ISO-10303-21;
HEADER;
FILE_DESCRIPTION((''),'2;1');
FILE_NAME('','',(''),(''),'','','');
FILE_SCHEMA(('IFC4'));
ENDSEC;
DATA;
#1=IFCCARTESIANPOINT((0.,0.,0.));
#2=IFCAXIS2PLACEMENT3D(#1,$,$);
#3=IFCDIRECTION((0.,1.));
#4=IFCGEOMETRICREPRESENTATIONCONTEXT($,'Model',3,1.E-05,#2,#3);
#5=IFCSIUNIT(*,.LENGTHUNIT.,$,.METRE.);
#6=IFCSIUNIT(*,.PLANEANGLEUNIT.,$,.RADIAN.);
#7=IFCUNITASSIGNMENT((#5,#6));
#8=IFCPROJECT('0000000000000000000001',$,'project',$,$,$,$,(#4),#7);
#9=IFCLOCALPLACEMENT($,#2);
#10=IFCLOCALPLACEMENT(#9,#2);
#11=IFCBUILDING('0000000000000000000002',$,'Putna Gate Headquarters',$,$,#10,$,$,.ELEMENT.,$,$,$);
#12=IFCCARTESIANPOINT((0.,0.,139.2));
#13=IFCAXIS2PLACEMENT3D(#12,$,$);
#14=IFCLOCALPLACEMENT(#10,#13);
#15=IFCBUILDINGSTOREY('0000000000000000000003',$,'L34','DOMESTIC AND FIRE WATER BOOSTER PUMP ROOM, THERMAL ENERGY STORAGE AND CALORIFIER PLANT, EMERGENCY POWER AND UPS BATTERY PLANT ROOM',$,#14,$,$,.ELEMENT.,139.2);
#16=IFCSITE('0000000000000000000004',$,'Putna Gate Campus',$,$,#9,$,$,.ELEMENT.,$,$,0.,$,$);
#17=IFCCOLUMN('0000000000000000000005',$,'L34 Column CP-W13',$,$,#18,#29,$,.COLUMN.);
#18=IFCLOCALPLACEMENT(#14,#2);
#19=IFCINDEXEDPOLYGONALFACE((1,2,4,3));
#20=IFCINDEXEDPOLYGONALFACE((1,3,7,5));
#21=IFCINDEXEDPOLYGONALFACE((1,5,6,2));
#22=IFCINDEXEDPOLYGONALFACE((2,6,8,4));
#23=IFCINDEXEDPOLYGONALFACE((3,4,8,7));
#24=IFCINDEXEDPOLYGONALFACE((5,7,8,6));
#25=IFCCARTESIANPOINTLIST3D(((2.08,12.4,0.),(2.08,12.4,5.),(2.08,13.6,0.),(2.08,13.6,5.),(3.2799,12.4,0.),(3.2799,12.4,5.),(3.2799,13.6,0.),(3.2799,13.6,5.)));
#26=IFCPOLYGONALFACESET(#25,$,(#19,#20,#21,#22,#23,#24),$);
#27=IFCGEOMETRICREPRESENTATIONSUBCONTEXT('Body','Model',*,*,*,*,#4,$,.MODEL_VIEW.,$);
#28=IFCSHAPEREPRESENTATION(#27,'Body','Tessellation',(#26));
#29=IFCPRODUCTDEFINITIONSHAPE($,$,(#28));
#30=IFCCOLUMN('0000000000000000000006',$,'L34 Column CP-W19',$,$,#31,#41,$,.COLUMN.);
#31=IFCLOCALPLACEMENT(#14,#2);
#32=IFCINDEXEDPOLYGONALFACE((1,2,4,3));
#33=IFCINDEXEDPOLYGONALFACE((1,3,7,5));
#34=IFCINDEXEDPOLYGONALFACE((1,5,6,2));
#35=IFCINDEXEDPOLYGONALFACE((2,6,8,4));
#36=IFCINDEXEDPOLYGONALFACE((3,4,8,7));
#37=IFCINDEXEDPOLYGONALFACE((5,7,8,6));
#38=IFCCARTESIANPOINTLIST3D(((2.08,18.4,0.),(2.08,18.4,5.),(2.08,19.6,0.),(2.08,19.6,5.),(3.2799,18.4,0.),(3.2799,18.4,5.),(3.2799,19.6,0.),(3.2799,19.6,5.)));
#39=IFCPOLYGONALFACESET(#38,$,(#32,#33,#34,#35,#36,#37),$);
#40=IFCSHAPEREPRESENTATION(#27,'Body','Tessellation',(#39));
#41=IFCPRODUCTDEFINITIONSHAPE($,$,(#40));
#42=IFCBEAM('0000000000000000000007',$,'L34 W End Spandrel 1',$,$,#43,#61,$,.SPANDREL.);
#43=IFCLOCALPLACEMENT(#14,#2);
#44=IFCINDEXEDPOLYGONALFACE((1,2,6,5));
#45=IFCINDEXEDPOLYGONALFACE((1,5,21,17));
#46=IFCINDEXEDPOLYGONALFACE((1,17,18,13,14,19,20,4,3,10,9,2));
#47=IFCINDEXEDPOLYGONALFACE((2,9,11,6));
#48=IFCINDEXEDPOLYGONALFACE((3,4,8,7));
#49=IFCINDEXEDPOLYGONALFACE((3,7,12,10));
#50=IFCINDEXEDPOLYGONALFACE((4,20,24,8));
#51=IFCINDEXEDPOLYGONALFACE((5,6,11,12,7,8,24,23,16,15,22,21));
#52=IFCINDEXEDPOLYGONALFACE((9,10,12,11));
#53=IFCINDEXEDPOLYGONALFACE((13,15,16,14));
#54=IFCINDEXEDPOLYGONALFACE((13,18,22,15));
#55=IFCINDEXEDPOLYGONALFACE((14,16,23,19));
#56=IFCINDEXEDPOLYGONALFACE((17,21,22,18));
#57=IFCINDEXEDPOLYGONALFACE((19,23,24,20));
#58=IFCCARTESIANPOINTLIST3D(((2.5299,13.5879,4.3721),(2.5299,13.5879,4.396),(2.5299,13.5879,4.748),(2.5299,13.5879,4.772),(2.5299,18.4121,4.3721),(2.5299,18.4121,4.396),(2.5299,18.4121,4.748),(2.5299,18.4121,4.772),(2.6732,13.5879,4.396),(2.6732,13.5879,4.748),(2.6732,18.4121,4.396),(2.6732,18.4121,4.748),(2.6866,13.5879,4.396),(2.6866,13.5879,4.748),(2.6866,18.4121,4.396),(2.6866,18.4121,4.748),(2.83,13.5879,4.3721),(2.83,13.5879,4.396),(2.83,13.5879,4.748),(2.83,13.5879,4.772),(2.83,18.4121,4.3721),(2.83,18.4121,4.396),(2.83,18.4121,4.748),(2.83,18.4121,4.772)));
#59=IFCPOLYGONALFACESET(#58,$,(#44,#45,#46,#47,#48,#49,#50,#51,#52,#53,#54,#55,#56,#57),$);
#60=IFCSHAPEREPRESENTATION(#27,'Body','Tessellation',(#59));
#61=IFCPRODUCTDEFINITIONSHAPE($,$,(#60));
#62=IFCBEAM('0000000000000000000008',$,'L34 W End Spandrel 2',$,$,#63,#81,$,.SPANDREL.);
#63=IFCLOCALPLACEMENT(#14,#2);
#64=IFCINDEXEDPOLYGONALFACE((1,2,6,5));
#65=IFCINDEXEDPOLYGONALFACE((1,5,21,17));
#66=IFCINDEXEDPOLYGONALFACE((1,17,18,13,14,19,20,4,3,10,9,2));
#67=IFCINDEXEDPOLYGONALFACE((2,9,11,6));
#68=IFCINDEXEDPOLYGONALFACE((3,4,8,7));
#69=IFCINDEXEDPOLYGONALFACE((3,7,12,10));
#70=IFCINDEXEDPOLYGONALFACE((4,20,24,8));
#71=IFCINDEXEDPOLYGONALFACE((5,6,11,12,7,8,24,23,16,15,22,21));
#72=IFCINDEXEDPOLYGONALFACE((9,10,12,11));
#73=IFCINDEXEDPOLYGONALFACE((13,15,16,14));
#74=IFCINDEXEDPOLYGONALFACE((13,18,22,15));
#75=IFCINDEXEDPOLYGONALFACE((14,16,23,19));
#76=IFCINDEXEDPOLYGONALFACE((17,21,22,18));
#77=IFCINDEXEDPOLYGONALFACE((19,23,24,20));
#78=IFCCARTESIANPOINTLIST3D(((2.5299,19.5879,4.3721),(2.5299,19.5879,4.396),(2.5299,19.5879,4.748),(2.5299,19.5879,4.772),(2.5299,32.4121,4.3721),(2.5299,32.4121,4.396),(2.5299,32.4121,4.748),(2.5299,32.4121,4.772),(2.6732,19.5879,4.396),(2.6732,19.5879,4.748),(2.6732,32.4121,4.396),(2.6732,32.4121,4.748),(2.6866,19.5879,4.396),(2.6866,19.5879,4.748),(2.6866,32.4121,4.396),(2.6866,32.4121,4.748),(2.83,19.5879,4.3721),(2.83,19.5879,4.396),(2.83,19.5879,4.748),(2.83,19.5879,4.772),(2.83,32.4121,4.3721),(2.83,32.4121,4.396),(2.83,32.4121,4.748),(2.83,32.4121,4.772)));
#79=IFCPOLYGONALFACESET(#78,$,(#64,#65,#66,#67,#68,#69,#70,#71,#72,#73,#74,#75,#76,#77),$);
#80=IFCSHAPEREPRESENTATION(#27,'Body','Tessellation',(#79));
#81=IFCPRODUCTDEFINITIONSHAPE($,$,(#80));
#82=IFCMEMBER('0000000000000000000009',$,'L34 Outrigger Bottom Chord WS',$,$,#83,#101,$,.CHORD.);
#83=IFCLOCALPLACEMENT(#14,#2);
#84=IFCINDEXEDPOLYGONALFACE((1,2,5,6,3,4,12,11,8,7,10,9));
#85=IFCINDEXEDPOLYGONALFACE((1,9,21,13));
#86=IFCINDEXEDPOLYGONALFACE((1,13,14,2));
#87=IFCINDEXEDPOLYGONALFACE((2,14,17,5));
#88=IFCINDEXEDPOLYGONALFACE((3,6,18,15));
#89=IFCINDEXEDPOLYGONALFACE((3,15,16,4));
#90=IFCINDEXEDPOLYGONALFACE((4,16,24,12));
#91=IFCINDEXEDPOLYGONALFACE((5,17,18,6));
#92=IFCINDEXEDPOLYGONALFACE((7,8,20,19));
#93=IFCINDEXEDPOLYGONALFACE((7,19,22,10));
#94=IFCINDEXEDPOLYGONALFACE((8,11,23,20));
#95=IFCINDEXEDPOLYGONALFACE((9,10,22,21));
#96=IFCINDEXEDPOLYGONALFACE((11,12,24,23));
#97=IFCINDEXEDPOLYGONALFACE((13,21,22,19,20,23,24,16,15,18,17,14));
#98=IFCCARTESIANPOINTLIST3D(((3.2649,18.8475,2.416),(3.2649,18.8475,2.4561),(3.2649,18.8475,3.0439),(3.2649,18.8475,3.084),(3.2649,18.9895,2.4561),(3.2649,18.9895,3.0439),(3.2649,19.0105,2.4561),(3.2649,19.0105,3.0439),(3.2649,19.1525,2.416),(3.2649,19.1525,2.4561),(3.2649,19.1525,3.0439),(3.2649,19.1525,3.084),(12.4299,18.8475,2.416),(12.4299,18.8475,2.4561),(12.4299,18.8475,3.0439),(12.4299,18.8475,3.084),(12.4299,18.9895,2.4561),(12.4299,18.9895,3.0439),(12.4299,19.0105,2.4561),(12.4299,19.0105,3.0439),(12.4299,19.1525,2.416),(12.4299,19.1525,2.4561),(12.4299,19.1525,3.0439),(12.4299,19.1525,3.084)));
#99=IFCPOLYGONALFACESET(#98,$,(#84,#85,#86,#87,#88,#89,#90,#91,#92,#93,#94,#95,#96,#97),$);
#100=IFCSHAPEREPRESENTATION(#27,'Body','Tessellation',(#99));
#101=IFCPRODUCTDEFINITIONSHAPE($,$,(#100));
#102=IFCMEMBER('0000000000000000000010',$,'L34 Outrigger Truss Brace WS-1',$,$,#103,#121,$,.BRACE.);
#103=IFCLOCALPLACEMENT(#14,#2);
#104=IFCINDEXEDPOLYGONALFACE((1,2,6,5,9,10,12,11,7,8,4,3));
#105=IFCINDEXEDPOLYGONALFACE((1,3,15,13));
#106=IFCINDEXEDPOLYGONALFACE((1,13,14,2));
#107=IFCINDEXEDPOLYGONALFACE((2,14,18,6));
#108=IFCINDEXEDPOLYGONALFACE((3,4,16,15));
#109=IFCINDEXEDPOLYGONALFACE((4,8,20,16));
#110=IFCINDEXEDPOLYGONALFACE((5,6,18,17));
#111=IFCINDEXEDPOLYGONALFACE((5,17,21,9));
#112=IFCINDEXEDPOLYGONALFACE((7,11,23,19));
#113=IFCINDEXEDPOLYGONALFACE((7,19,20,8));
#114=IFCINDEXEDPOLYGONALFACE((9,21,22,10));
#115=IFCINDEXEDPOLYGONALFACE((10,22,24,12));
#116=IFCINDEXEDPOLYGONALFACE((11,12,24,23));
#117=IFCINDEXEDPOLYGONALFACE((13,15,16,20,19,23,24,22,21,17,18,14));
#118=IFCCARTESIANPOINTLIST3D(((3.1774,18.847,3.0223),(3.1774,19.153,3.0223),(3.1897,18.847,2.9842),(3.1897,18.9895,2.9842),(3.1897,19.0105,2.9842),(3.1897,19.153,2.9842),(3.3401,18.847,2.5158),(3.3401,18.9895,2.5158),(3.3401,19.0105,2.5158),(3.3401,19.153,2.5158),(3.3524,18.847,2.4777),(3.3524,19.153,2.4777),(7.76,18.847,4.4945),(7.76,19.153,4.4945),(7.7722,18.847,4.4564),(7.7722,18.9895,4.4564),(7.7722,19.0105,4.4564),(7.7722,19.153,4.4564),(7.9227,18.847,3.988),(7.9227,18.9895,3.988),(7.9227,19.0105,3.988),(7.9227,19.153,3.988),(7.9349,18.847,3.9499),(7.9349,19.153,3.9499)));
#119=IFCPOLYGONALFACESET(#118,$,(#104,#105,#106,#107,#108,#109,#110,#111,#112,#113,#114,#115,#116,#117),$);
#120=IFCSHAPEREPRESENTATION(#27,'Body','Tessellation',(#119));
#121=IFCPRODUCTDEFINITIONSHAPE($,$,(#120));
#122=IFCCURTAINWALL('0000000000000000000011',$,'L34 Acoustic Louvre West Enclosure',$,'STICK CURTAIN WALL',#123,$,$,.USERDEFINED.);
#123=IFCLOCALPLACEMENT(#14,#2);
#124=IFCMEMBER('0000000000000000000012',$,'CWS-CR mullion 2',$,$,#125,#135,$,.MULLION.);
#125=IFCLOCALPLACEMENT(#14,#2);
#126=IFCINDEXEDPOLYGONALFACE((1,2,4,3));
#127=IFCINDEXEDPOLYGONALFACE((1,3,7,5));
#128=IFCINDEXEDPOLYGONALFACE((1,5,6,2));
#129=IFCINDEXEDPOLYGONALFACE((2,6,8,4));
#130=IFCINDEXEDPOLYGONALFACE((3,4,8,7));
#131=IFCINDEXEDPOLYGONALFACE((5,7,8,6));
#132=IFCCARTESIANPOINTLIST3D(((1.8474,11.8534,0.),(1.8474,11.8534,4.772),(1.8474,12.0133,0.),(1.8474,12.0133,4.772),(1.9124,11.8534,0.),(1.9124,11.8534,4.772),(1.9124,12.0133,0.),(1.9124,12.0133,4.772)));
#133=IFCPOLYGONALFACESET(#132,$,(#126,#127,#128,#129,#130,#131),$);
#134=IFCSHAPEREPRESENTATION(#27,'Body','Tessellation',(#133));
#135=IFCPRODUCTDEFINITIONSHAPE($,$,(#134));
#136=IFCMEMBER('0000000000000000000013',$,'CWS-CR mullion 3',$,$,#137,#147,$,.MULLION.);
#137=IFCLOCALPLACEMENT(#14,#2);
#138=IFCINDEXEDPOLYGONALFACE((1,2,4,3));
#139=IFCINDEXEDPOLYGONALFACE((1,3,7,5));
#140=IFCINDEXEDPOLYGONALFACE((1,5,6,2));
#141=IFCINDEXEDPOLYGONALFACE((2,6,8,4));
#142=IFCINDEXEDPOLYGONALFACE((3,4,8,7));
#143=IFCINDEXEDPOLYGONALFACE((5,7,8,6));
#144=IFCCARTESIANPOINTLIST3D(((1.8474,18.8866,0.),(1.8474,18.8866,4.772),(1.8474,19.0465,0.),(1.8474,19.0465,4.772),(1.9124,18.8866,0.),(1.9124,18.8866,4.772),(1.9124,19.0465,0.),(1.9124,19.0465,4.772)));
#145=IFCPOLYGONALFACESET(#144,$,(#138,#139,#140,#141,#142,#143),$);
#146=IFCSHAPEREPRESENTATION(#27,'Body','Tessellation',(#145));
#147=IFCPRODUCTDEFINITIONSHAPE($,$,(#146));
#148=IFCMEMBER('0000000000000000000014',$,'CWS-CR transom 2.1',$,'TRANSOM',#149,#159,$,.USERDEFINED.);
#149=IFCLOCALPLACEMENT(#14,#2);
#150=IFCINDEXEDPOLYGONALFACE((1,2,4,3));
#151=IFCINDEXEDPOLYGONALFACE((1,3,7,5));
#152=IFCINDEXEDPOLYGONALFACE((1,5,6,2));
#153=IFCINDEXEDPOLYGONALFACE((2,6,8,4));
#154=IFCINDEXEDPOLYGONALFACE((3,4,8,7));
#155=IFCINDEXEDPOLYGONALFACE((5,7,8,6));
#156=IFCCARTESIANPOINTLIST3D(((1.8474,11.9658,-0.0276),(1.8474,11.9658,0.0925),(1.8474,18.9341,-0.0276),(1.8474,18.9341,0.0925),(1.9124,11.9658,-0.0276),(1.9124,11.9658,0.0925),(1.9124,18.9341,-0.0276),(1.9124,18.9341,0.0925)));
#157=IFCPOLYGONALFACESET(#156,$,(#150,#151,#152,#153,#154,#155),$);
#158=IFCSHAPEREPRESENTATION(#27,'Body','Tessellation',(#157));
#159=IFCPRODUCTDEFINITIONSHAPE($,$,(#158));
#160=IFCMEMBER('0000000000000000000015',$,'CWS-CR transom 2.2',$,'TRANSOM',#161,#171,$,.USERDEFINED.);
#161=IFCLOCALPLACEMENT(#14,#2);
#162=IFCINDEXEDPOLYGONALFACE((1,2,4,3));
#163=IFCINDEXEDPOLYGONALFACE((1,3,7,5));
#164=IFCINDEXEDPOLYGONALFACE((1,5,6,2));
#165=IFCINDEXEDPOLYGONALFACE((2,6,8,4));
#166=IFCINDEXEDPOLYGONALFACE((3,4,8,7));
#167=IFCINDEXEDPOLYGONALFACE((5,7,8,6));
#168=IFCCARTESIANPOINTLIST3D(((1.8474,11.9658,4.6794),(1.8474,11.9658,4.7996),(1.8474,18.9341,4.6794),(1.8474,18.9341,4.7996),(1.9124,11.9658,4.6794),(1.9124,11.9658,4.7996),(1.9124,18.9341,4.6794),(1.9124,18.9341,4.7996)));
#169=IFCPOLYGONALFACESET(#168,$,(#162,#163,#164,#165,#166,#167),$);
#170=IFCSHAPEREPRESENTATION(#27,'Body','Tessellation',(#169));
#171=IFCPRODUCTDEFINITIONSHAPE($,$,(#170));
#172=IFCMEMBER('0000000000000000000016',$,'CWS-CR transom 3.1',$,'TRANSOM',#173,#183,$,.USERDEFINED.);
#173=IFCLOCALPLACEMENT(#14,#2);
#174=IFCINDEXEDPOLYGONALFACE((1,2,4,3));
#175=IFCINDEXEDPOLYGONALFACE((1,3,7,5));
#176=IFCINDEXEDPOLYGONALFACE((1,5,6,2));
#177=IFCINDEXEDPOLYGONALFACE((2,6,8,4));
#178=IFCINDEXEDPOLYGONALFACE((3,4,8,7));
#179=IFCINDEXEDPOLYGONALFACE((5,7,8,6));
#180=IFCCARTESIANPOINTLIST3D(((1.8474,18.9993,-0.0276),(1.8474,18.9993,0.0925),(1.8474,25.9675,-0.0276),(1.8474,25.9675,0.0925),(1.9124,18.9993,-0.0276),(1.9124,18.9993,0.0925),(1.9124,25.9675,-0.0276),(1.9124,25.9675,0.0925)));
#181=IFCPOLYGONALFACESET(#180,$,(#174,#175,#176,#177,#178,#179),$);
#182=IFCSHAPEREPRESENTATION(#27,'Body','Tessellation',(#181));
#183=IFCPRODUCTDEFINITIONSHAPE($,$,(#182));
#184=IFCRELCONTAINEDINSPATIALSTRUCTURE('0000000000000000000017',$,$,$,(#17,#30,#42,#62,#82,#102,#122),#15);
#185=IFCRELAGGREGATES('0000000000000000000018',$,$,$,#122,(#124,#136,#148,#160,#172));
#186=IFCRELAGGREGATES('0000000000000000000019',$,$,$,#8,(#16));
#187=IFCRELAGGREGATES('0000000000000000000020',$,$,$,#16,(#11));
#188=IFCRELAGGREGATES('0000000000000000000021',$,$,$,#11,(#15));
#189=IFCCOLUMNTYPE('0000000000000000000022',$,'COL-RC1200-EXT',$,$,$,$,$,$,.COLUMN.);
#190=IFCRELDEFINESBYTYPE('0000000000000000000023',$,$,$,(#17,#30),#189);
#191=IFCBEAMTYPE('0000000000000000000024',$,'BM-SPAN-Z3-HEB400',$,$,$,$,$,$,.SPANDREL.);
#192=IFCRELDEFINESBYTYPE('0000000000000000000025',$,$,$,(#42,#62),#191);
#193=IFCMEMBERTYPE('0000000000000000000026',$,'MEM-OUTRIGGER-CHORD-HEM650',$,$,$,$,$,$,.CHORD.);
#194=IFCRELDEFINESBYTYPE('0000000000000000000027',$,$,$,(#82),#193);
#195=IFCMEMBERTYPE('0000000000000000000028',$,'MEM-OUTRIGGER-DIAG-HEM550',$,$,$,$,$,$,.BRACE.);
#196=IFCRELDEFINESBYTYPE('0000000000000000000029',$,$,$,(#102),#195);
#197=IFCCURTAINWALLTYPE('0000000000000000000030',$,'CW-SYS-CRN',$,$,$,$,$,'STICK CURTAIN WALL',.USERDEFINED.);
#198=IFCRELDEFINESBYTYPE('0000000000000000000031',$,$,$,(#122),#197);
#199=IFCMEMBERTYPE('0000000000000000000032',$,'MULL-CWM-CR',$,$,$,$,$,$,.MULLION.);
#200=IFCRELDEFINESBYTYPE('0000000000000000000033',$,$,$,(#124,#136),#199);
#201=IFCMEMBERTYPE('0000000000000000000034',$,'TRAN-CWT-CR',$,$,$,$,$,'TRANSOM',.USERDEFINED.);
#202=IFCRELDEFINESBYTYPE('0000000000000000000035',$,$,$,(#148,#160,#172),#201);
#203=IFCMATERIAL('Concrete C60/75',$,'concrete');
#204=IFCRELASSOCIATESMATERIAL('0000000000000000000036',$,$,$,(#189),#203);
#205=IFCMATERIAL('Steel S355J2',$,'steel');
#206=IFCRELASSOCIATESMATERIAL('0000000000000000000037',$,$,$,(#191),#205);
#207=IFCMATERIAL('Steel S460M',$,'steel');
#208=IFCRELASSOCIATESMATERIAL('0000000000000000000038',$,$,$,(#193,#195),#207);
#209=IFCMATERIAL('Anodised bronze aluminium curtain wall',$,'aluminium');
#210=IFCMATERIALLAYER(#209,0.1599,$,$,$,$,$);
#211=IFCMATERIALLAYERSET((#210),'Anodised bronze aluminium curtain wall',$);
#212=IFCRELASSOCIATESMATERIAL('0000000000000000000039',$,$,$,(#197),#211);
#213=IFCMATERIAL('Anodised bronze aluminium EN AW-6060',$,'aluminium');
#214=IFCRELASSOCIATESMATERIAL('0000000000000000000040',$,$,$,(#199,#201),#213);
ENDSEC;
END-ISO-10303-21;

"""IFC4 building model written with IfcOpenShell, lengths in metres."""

from ifc_helpers import new_model, si_unit, direction, frame, origin, origin_2d, place, context, subcontext, project, spatial, rectangle, i_section, extrude, material, layer, layer_set, material_profile, profile_set, type_object, element, aggregate, save


model = new_model("IFC4")

# Units and contexts
model_context = context("Model", 3, precision=1e-05, world=origin(), true_north=direction((0.0, 1.0)))
body_context = subcontext(model_context, "Body", "Model", "MODEL_VIEW")
ifc_project = project(units=[si_unit("LENGTHUNIT", "METRE"), si_unit("PLANEANGLEUNIT", "RADIAN")], contexts=[model_context])

# Site, building, storey
site_placement = place(None, origin())
site = spatial("IfcSite", under=ifc_project, at=site_placement, Name="Putna Gate Campus", CompositionType="ELEMENT", RefElevation=0.0)
building_placement = place(site_placement, origin())
building = spatial("IfcBuilding", under=site, at=building_placement, Name="Putna Gate Headquarters", CompositionType="ELEMENT")
storey_placement = place(building_placement, frame((0.0, 0.0, 139.2)))
storey = spatial("IfcBuildingStorey", under=building, at=storey_placement, Name="L34", Description="DOMESTIC AND FIRE WATER BOOSTER PUMP ROOM, THERMAL ENERGY STORAGE AND CALORIFIER PLANT, EMERGENCY POWER AND UPS BATTERY PLANT ROOM", CompositionType="ELEMENT", Elevation=139.2)

# Columns
ifc_material_1 = material(Name="Concrete C60/75", Category="concrete")
ifc_material_profile_1 = material_profile(ifc_material_1, rectangle(XDim=1.2, YDim=1.2, at=origin_2d()), Name="Concrete C60/75")
ifc_profile_set_1 = profile_set([ifc_material_profile_1], Name="Concrete C60/75")
column_type = type_object("IfcColumnType", Name="COL-RC1200-EXT", PredefinedType="COLUMN", material=ifc_profile_set_1)
for number, where, z_axis, x_axis, name in (
    (1, (2.6799, 13.0, 0.0), (0.0, 0.0, 1.0), (1.0, 0.0, 0.0), "L34 Column CP-W13"),
    (2, (2.6799, 19.0, 0.0), (0.0, 0.0, 1.0), (1.0, 0.0, 0.0), "L34 Column CP-W19"),
):
    element("IfcColumn", number, at=place(storey_placement, frame(where, z_axis=z_axis, x_axis=x_axis)), inside=storey, type_object=column_type, Name=name, PredefinedType="COLUMN", context=body_context, shape_type="SweptSolid", body=[
        extrude(rectangle(XDim=1.2, YDim=1.2, at=origin_2d()), origin(), (0.0, 0.0, 1.0), 5.0),
    ])

# Beams
ifc_material_2 = material(Name="Steel S355J2", Category="steel")
ifc_material_profile_2 = material_profile(ifc_material_2, i_section(OverallWidth=0.3, OverallDepth=0.3999, WebThickness=0.0134, FlangeThickness=0.0239, at=origin_2d()), Name="Steel S355J2")
ifc_profile_set_2 = profile_set([ifc_material_profile_2], Name="Steel S355J2")
beam_type = type_object("IfcBeamType", Name="BM-SPAN-Z3-HEB400", PredefinedType="SPANDREL", material=ifc_profile_set_2)
beam_1_placement = place(storey_placement, frame((2.6799, 13.5879, 4.572), z_axis=(0.0, 1.0, 0.0), x_axis=(-1.0, 0.0, 0.0)))
element("IfcBeam", 3, at=beam_1_placement, inside=storey, type_object=beam_type, Name="L34 W End Spandrel 1", PredefinedType="SPANDREL", context=body_context, shape_type="SweptSolid", body=[
    extrude(i_section(OverallWidth=0.3, OverallDepth=0.3999, WebThickness=0.0134, FlangeThickness=0.0239, at=origin_2d()), origin(), (0.0, 0.0, 1.0), 4.8242),
])
beam_2_placement = place(storey_placement, frame((2.6799, 19.5879, 4.572), z_axis=(0.0, 1.0, 0.0), x_axis=(-1.0, 0.0, 0.0)))
element("IfcBeam", 4, at=beam_2_placement, inside=storey, type_object=beam_type, Name="L34 W End Spandrel 2", PredefinedType="SPANDREL", context=body_context, shape_type="SweptSolid", body=[
    extrude(i_section(OverallWidth=0.3, OverallDepth=0.3999, WebThickness=0.0134, FlangeThickness=0.0239, at=origin_2d()), origin(), (0.0, 0.0, 1.0), 12.8242),
])

# Members
ifc_material_3 = material(Name="Steel S460M", Category="steel")
ifc_material_profile_3 = material_profile(ifc_material_3, i_section(OverallWidth=0.3049, OverallDepth=0.668, WebThickness=0.021, FlangeThickness=0.04, at=origin_2d()), Name="Steel S460M")
ifc_profile_set_3 = profile_set([ifc_material_profile_3], Name="Steel S460M")
member_type_1 = type_object("IfcMemberType", Name="MEM-OUTRIGGER-CHORD-HEM650", PredefinedType="CHORD", material=ifc_profile_set_3)
member_1_placement = place(storey_placement, frame((3.2649, 19.0, 2.75), z_axis=(1.0, 0.0, 0.0), x_axis=(0.0, 1.0, 0.0)))
element("IfcMember", 5, at=member_1_placement, inside=storey, type_object=member_type_1, Name="L34 Outrigger Bottom Chord WS", PredefinedType="CHORD", context=body_context, shape_type="SweptSolid", body=[
    extrude(i_section(OverallWidth=0.3049, OverallDepth=0.668, WebThickness=0.021, FlangeThickness=0.04, at=origin_2d()), origin(), (0.0, 0.0, 1.0), 9.165),
])
ifc_material_profile_4 = material_profile(ifc_material_3, i_section(OverallWidth=0.3059, OverallDepth=0.572, WebThickness=0.021, FlangeThickness=0.04, at=origin_2d()), Name="Steel S460M")
ifc_profile_set_4 = profile_set([ifc_material_profile_4], Name="Steel S460M")
member_type_2 = type_object("IfcMemberType", Name="MEM-OUTRIGGER-DIAG-HEM550", PredefinedType="BRACE", material=ifc_profile_set_4)
member_2_placement = place(storey_placement, frame((3.2649, 19.0, 2.75), z_axis=(0.952076, 0.0, 0.305861), x_axis=(0.0, 1.0, 0.0)))
element("IfcMember", 6, at=member_2_placement, inside=storey, type_object=member_type_2, Name="L34 Outrigger Truss Brace WS-1", PredefinedType="BRACE", context=body_context, shape_type="SweptSolid", body=[
    extrude(i_section(OverallWidth=0.3059, OverallDepth=0.572, WebThickness=0.021, FlangeThickness=0.04, at=origin_2d()), origin(), (0.0, 0.0, 1.0), 4.8132),
])

# Curtain wall, members
ifc_material_4 = material(Name="Anodised bronze aluminium curtain wall", Category="aluminium")
ifc_layer_1 = layer(ifc_material_4, 0.1599)
ifc_layer_set_1 = layer_set([ifc_layer_1], Name="Anodised bronze aluminium curtain wall")
curtain_wall_type = type_object("IfcCurtainWallType", Name="CW-SYS-CRN", ElementType="STICK CURTAIN WALL", PredefinedType="USERDEFINED", material=ifc_layer_set_1)
curtain_wall_placement = place(storey_placement, origin())
curtain_wall = element("IfcCurtainWall", 7, at=curtain_wall_placement, inside=storey, type_object=curtain_wall_type, Name="L34 Acoustic Louvre West Enclosure", ObjectType="STICK CURTAIN WALL", PredefinedType="USERDEFINED")
ifc_material_5 = material(Name="Anodised bronze aluminium EN AW-6060", Category="aluminium")
ifc_material_profile_5 = material_profile(ifc_material_5, rectangle(XDim=0.0649, YDim=0.1599, at=origin_2d()), Name="Anodised bronze aluminium EN AW-6060")
ifc_profile_set_5 = profile_set([ifc_material_profile_5], Name="Anodised bronze aluminium EN AW-6060")
member_type_3 = type_object("IfcMemberType", Name="MULL-CWM-CR", PredefinedType="MULLION", material=ifc_profile_set_5)
member_3_placement = place(storey_placement, frame((1.8799, 11.9333, 0.0), z_axis=(0.0, 0.0, 1.0), x_axis=(-1.0, 0.0, 0.0)))
member_3 = element("IfcMember", 8, at=member_3_placement, type_object=member_type_3, Name="CWS-CR mullion 2", PredefinedType="MULLION", context=body_context, shape_type="SweptSolid", body=[
    extrude(rectangle(XDim=0.0649, YDim=0.1599, at=origin_2d()), origin(), (0.0, 0.0, 1.0), 4.772),
])
member_4_placement = place(storey_placement, frame((1.8799, 18.9666, 0.0), z_axis=(0.0, 0.0, 1.0), x_axis=(-1.0, 0.0, 0.0)))
member_4 = element("IfcMember", 9, at=member_4_placement, type_object=member_type_3, Name="CWS-CR mullion 3", PredefinedType="MULLION", context=body_context, shape_type="SweptSolid", body=[
    extrude(rectangle(XDim=0.0649, YDim=0.1599, at=origin_2d()), origin(), (0.0, 0.0, 1.0), 4.772),
])
ifc_material_profile_6 = material_profile(ifc_material_5, rectangle(XDim=0.0649, YDim=0.1201, at=origin_2d()), Name="Anodised bronze aluminium EN AW-6060")
ifc_profile_set_6 = profile_set([ifc_material_profile_6], Name="Anodised bronze aluminium EN AW-6060")
member_type_4 = type_object("IfcMemberType", Name="TRAN-CWT-CR", ElementType="TRANSOM", PredefinedType="USERDEFINED", material=ifc_profile_set_6)
member_5_placement = place(storey_placement, frame((1.8799, 11.9658, 0.0325), z_axis=(0.0, 1.0, 0.0), x_axis=(-1.0, 0.0, 0.0)))
member_5 = element("IfcMember", 10, at=member_5_placement, type_object=member_type_4, Name="CWS-CR transom 2.1", ObjectType="TRANSOM", PredefinedType="USERDEFINED", context=body_context, shape_type="SweptSolid", body=[
    extrude(rectangle(XDim=0.0649, YDim=0.1201, at=origin_2d()), origin(), (0.0, 0.0, 1.0), 6.9683),
])
member_6_placement = place(storey_placement, frame((1.8799, 11.9658, 4.7395), z_axis=(0.0, 1.0, 0.0), x_axis=(-1.0, 0.0, 0.0)))
member_6 = element("IfcMember", 11, at=member_6_placement, type_object=member_type_4, Name="CWS-CR transom 2.2", ObjectType="TRANSOM", PredefinedType="USERDEFINED", context=body_context, shape_type="SweptSolid", body=[
    extrude(rectangle(XDim=0.0649, YDim=0.1201, at=origin_2d()), origin(), (0.0, 0.0, 1.0), 6.9683),
])
member_7_placement = place(storey_placement, frame((1.8799, 18.9993, 0.0325), z_axis=(0.0, 1.0, 0.0), x_axis=(-1.0, 0.0, 0.0)))
member_7 = element("IfcMember", 12, at=member_7_placement, type_object=member_type_4, Name="CWS-CR transom 3.1", ObjectType="TRANSOM", PredefinedType="USERDEFINED", context=body_context, shape_type="SweptSolid", body=[
    extrude(rectangle(XDim=0.0649, YDim=0.1201, at=origin_2d()), origin(), (0.0, 0.0, 1.0), 6.9683),
])
aggregate(curtain_wall, [member_3, member_4, member_5, member_6, member_7])

save(model, "model.ifc")
